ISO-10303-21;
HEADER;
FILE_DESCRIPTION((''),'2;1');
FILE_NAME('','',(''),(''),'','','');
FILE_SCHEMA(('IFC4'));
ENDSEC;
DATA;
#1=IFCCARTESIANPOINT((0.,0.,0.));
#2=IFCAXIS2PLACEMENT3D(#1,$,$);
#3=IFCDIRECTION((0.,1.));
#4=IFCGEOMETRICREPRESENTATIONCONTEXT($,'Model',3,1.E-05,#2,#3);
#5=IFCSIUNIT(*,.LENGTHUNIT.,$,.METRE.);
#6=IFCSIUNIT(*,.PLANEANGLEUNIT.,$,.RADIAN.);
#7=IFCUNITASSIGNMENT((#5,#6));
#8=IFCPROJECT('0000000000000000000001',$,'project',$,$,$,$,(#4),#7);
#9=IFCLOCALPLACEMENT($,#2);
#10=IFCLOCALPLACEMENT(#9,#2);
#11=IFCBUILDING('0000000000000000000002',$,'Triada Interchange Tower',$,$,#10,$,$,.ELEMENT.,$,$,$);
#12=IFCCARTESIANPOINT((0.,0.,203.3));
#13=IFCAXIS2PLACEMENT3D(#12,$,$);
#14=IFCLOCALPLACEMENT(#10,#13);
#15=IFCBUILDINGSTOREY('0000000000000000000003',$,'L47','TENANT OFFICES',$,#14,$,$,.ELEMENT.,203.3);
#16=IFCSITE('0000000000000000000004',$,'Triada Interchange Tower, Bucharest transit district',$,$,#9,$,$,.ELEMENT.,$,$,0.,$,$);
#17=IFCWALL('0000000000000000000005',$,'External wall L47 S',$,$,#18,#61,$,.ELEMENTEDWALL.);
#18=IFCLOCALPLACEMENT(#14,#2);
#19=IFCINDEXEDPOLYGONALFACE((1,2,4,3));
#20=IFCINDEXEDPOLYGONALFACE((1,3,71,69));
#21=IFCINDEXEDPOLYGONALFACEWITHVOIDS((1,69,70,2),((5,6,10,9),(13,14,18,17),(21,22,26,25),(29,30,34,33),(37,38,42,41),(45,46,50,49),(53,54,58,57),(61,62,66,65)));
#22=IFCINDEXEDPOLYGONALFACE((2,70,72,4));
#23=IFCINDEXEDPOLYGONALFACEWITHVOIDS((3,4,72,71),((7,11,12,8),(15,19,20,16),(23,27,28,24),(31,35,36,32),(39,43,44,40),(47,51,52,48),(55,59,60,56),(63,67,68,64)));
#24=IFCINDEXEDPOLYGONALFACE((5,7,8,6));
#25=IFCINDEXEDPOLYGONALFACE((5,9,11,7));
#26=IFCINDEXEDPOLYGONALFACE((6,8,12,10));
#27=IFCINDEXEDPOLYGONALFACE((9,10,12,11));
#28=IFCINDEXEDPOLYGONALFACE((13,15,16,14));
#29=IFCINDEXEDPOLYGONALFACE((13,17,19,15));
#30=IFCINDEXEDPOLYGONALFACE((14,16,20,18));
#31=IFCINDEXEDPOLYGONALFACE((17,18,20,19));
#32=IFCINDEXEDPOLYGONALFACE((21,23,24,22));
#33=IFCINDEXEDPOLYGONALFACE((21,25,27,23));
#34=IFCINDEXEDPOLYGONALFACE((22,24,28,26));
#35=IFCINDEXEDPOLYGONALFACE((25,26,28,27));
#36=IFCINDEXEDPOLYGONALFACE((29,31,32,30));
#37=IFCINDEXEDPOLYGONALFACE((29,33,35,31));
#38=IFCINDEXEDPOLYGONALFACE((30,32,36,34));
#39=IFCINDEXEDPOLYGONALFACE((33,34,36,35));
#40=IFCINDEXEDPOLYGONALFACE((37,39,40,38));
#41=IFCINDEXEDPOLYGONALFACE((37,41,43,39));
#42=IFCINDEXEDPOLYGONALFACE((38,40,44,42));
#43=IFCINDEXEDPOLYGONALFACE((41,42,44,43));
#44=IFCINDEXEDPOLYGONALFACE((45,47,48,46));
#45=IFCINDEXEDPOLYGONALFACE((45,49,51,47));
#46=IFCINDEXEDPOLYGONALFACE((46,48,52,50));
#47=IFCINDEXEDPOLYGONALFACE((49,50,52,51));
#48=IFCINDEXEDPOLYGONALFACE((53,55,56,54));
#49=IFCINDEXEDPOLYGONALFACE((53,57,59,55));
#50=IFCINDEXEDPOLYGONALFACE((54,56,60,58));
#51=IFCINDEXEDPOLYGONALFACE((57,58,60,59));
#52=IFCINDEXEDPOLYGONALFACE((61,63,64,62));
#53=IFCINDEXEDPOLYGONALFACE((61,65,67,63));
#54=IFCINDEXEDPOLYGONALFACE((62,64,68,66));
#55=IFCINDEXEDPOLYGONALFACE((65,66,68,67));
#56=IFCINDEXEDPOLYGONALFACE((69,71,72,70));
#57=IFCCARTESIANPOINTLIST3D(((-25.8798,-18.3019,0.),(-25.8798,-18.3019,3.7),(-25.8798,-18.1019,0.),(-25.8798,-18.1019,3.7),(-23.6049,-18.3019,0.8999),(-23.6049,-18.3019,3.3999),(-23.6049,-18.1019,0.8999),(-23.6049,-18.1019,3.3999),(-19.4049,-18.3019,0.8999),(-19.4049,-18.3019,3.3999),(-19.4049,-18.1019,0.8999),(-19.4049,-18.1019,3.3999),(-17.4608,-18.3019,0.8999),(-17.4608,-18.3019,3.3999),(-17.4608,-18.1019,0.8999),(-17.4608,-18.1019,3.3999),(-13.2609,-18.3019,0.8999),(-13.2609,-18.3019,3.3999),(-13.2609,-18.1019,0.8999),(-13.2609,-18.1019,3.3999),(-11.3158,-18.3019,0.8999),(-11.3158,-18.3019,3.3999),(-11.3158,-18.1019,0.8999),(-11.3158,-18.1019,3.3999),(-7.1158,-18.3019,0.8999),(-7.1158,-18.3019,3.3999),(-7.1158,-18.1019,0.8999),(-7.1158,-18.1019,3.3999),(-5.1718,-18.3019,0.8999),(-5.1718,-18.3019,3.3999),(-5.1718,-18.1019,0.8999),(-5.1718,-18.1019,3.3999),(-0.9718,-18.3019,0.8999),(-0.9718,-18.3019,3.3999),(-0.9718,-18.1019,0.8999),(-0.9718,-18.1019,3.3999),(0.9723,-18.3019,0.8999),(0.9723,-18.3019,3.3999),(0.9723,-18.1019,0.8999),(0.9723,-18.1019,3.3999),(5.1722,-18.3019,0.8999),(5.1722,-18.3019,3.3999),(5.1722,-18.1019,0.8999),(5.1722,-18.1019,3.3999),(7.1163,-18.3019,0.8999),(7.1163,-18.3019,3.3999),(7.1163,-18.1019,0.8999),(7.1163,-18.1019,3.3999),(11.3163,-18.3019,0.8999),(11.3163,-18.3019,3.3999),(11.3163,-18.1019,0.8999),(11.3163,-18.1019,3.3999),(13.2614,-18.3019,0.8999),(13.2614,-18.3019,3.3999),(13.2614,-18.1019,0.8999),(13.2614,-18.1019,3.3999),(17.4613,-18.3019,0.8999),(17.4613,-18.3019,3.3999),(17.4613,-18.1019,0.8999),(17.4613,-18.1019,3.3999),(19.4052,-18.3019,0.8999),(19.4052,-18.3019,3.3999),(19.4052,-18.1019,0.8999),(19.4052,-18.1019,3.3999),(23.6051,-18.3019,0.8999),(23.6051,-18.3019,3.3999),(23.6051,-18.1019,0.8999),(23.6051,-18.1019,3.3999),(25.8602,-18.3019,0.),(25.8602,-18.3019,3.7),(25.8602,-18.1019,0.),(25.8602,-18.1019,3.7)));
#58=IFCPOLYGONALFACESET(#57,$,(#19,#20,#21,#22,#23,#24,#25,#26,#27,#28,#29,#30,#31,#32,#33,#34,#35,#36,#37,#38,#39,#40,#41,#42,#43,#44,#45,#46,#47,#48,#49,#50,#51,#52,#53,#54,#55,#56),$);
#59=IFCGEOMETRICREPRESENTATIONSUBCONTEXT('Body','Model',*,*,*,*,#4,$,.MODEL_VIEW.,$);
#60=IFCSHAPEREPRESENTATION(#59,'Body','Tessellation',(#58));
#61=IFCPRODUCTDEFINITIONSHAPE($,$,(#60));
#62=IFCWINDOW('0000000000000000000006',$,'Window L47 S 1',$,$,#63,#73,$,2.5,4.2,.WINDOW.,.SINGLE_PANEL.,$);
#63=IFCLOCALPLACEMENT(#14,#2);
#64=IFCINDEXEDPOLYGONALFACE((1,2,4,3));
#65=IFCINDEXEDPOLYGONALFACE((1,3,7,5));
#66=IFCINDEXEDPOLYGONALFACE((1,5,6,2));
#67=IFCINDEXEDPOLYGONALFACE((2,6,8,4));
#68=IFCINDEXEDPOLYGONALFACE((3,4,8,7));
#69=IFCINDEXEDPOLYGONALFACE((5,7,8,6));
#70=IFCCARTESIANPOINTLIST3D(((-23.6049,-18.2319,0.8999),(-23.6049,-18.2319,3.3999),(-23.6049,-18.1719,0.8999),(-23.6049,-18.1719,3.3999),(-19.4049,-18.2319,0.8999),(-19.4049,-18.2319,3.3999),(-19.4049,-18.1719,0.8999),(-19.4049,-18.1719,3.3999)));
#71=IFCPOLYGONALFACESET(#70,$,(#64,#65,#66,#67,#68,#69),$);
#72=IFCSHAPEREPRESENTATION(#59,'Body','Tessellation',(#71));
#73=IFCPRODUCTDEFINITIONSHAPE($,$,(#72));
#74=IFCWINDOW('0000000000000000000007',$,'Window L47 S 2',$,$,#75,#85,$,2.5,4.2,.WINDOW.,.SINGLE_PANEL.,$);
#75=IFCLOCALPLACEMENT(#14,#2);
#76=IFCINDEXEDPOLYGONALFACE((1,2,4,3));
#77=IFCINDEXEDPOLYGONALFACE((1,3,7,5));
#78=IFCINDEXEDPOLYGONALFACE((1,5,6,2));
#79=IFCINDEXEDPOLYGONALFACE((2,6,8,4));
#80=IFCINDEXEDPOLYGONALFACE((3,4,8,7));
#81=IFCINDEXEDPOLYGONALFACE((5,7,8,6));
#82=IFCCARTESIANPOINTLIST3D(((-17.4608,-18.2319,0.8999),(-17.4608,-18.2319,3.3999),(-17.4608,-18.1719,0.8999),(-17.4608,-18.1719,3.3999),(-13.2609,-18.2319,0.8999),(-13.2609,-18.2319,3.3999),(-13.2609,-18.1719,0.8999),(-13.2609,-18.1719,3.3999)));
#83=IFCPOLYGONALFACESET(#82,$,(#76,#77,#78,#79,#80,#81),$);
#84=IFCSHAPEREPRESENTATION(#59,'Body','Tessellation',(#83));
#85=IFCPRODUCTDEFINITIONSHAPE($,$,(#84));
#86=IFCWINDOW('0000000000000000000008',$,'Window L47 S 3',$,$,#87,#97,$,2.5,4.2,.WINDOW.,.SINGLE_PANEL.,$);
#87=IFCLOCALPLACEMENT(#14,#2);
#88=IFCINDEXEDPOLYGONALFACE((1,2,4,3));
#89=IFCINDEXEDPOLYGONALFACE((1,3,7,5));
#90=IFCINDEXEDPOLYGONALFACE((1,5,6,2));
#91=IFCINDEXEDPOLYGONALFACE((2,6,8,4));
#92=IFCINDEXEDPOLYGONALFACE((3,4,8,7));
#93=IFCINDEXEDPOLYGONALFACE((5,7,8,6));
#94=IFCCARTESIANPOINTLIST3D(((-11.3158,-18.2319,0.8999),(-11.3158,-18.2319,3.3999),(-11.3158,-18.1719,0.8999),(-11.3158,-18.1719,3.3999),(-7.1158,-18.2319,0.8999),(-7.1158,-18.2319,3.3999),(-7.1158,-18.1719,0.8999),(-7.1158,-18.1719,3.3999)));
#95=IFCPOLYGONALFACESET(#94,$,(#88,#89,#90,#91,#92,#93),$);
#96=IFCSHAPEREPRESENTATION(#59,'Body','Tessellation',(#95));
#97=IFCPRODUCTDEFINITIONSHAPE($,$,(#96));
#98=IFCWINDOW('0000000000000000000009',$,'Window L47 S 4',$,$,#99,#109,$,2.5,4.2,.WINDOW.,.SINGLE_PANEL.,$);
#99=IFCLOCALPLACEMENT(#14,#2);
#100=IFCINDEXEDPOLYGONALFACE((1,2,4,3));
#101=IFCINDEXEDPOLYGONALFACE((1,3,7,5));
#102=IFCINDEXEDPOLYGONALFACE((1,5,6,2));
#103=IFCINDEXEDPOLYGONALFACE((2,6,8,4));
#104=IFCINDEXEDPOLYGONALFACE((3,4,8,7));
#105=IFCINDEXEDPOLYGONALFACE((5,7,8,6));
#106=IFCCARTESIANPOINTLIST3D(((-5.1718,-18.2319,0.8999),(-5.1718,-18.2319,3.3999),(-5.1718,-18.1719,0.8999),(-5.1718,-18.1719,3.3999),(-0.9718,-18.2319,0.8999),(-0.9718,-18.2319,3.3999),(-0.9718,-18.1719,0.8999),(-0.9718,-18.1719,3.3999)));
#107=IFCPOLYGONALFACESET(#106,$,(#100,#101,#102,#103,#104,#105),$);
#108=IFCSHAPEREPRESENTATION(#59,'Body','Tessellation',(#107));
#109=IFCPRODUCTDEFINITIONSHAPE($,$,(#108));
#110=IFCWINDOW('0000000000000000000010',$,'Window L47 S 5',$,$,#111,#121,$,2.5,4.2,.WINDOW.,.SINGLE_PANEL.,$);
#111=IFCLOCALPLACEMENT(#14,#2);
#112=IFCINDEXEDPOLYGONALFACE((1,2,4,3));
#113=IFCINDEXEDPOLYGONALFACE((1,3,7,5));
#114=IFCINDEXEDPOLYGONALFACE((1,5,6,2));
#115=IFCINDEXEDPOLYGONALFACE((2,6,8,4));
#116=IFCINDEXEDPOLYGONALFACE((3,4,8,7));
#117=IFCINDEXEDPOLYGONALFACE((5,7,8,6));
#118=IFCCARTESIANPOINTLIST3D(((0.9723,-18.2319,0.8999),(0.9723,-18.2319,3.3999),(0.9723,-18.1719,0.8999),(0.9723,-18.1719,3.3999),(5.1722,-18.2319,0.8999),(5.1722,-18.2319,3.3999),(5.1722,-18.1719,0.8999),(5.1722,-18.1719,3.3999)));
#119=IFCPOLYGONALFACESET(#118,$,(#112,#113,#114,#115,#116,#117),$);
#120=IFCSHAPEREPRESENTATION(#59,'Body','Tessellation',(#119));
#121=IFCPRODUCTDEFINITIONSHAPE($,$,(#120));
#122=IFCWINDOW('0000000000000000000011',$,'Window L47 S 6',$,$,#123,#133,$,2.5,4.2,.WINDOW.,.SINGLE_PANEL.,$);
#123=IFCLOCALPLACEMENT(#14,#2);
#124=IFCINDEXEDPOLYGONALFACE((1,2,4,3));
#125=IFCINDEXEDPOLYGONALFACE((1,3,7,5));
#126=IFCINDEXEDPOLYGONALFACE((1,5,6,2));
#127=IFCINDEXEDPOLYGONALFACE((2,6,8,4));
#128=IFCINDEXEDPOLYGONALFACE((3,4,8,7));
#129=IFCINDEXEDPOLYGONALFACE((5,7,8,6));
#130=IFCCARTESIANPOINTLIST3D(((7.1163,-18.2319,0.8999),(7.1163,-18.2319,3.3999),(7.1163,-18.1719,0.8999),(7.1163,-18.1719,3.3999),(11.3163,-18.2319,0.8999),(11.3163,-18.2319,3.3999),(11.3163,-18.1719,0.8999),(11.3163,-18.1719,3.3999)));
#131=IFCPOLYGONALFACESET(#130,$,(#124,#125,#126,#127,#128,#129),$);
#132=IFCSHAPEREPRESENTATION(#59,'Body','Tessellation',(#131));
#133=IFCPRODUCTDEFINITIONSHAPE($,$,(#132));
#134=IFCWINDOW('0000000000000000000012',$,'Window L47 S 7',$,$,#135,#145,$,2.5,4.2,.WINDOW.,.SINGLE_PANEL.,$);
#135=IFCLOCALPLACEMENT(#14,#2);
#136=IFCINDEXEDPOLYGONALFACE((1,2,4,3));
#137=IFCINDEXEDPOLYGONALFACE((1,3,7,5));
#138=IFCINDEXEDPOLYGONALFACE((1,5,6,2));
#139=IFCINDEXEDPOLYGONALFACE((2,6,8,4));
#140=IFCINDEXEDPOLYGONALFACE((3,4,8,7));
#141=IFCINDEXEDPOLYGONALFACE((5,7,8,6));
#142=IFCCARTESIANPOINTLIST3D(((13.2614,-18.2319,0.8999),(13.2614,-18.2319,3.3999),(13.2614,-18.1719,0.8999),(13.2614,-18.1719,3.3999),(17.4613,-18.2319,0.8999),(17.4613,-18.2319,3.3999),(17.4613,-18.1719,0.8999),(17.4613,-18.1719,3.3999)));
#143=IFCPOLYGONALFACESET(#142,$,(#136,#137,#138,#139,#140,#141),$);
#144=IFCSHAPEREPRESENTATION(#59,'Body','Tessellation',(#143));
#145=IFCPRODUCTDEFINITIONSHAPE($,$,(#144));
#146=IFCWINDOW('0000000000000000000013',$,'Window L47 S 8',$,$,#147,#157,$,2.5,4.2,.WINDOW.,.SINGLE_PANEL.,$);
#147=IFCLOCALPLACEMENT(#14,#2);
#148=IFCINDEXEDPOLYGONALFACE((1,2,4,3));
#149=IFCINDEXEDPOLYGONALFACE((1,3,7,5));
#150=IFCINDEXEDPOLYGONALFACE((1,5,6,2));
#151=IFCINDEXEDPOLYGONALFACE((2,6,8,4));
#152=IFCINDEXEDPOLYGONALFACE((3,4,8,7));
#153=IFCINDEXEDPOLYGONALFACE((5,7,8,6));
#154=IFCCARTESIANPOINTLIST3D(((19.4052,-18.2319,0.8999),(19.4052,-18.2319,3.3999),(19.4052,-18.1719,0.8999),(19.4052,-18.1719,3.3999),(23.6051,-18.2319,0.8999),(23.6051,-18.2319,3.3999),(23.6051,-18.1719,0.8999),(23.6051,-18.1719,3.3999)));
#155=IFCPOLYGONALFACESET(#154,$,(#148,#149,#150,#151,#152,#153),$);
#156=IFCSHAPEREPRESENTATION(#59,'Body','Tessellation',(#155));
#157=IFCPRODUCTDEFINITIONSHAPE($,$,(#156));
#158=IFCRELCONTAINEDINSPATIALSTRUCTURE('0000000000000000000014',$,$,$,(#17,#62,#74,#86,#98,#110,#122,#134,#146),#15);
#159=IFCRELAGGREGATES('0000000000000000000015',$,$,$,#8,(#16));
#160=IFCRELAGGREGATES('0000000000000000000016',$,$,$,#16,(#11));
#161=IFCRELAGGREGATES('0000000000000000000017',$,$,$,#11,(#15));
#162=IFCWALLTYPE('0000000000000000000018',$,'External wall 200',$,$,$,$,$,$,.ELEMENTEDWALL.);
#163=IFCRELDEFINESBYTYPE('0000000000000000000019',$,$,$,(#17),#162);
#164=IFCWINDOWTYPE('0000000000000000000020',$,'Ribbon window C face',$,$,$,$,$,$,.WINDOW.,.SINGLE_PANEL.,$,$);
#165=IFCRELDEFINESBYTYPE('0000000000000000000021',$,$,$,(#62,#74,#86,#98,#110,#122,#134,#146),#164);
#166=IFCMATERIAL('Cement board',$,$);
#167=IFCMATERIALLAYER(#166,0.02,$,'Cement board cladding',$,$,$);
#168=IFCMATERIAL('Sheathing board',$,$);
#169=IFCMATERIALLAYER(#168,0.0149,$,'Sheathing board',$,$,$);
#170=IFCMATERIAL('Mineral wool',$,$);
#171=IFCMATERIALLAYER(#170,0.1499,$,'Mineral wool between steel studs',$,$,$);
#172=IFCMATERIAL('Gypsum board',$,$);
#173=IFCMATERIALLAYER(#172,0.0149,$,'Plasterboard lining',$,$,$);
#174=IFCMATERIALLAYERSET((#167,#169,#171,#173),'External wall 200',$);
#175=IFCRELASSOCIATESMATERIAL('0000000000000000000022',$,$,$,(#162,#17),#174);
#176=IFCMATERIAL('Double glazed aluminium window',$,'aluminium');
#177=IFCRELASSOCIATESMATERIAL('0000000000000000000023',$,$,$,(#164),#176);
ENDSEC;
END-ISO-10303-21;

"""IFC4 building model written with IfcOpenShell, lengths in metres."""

from ifc_helpers import new_model, si_unit, direction, frame, frame_2d, origin, place, context, subcontext, project, spatial, rectangle, extrude, material, layer, layer_set, layer_usage, type_object, element, fill, save


model = new_model("IFC4")

# Units and contexts
model_context = context("Model", 3, precision=1e-05, world=origin(), true_north=direction((0.0, 1.0)))
body_context = subcontext(model_context, "Body", "Model", "MODEL_VIEW")
ifc_project = project(units=[si_unit("LENGTHUNIT", "METRE"), si_unit("PLANEANGLEUNIT", "RADIAN")], contexts=[model_context])

# Site, building, storey
site_placement = place(None, origin())
site = spatial("IfcSite", under=ifc_project, at=site_placement, Name="Triada Interchange Tower, Bucharest transit district", CompositionType="ELEMENT", RefElevation=0.0)
building_placement = place(site_placement, origin())
building = spatial("IfcBuilding", under=site, at=building_placement, Name="Triada Interchange Tower", CompositionType="ELEMENT")
storey_placement = place(building_placement, frame((0.0, 0.0, 203.3)))
storey = spatial("IfcBuildingStorey", under=building, at=storey_placement, Name="L47", Description="TENANT OFFICES", CompositionType="ELEMENT", Elevation=203.3)

# Shared definitions
ifc_material_1 = material(Name="Cement board")
ifc_layer_1 = layer(ifc_material_1, 0.02, Name="Cement board cladding")
ifc_material_2 = material(Name="Sheathing board")
ifc_layer_2 = layer(ifc_material_2, 0.0149, Name="Sheathing board")
ifc_material_3 = material(Name="Mineral wool")
ifc_layer_3 = layer(ifc_material_3, 0.1499, Name="Mineral wool between steel studs")
ifc_material_4 = material(Name="Gypsum board")
ifc_layer_4 = layer(ifc_material_4, 0.0149, Name="Plasterboard lining")
ifc_layer_set_1 = layer_set([ifc_layer_1, ifc_layer_2, ifc_layer_3, ifc_layer_4], Name="External wall 200")
ifc_layer_usage = layer_usage(ifc_layer_set_1, "AXIS2", "POSITIVE", -0.1001)
wall_type_1 = type_object("IfcWallType", Name="External wall 200", PredefinedType="ELEMENTEDWALL", material=ifc_layer_set_1)
ifc_material_5 = material(Name="Double glazed aluminium window", Category="aluminium")

# Wall, openings, windows
wall_1_placement = place(storey_placement, frame((-25.8799, -18.2019, 0.0), z_axis=(0.0, 0.0, 1.0), x_axis=(1.0, 0.0, 0.0)))
wall_1 = element("IfcWall", 1, at=wall_1_placement, inside=storey, type_object=wall_type_1, material=ifc_layer_usage, Name="External wall L47 S", PredefinedType="ELEMENTEDWALL", context=body_context, shape_type="SweptSolid", body=[
    extrude(rectangle(XDim=51.74, YDim=0.2, at=frame_2d((25.8701, 0.0))), origin(), (0.0, 0.0, 1.0), 3.7),
])
opening_1_placement = place(wall_1_placement, frame((2.2749, 0.0, 0.8999)))
opening_1 = element("IfcOpeningElement", 2, at=opening_1_placement, cuts=wall_1, PredefinedType="OPENING", context=body_context, shape_type="SweptSolid", body=[
    extrude(rectangle(XDim=4.2, YDim=2.5, at=frame_2d((2.1001, 1.25))), frame((0.0, 0.1099, 0.0), z_axis=(0.0, -1.0, 0.0), x_axis=(1.0, 0.0, 0.0)), (0.0, 0.0, 1.0), 0.22),
])
opening_2_placement = place(wall_1_placement, frame((8.4189, 0.0, 0.8999)))
opening_2 = element("IfcOpeningElement", 3, at=opening_2_placement, cuts=wall_1, PredefinedType="OPENING", context=body_context, shape_type="SweptSolid", body=[
    extrude(rectangle(XDim=4.2, YDim=2.5, at=frame_2d((2.1001, 1.25))), frame((0.0, 0.1099, 0.0), z_axis=(0.0, -1.0, 0.0), x_axis=(1.0, 0.0, 0.0)), (0.0, 0.0, 1.0), 0.22),
])
opening_3_placement = place(wall_1_placement, frame((14.564, 0.0, 0.8999)))
opening_3 = element("IfcOpeningElement", 4, at=opening_3_placement, cuts=wall_1, PredefinedType="OPENING", context=body_context, shape_type="SweptSolid", body=[
    extrude(rectangle(XDim=4.2, YDim=2.5, at=frame_2d((2.1001, 1.25))), frame((0.0, 0.1099, 0.0), z_axis=(0.0, -1.0, 0.0), x_axis=(1.0, 0.0, 0.0)), (0.0, 0.0, 1.0), 0.22),
])
opening_4_placement = place(wall_1_placement, frame((20.708, 0.0, 0.8999)))
opening_4 = element("IfcOpeningElement", 5, at=opening_4_placement, cuts=wall_1, PredefinedType="OPENING", context=body_context, shape_type="SweptSolid", body=[
    extrude(rectangle(XDim=4.2, YDim=2.5, at=frame_2d((2.1001, 1.25))), frame((0.0, 0.1099, 0.0), z_axis=(0.0, -1.0, 0.0), x_axis=(1.0, 0.0, 0.0)), (0.0, 0.0, 1.0), 0.22),
])
opening_5_placement = place(wall_1_placement, frame((26.8521, 0.0, 0.8999)))
opening_5 = element("IfcOpeningElement", 6, at=opening_5_placement, cuts=wall_1, PredefinedType="OPENING", context=body_context, shape_type="SweptSolid", body=[
    extrude(rectangle(XDim=4.2, YDim=2.5, at=frame_2d((2.1001, 1.25))), frame((0.0, 0.1099, 0.0), z_axis=(0.0, -1.0, 0.0), x_axis=(1.0, 0.0, 0.0)), (0.0, 0.0, 1.0), 0.22),
])
opening_6_placement = place(wall_1_placement, frame((32.9961, 0.0, 0.8999)))
opening_6 = element("IfcOpeningElement", 7, at=opening_6_placement, cuts=wall_1, PredefinedType="OPENING", context=body_context, shape_type="SweptSolid", body=[
    extrude(rectangle(XDim=4.2, YDim=2.5, at=frame_2d((2.1001, 1.25))), frame((0.0, 0.1099, 0.0), z_axis=(0.0, -1.0, 0.0), x_axis=(1.0, 0.0, 0.0)), (0.0, 0.0, 1.0), 0.22),
])
opening_7_placement = place(wall_1_placement, frame((39.1411, 0.0, 0.8999)))
opening_7 = element("IfcOpeningElement", 8, at=opening_7_placement, cuts=wall_1, PredefinedType="OPENING", context=body_context, shape_type="SweptSolid", body=[
    extrude(rectangle(XDim=4.2, YDim=2.5, at=frame_2d((2.1001, 1.25))), frame((0.0, 0.1099, 0.0), z_axis=(0.0, -1.0, 0.0), x_axis=(1.0, 0.0, 0.0)), (0.0, 0.0, 1.0), 0.22),
])
opening_8_placement = place(wall_1_placement, frame((45.2849, 0.0, 0.8999)))
opening_8 = element("IfcOpeningElement", 9, at=opening_8_placement, cuts=wall_1, PredefinedType="OPENING", context=body_context, shape_type="SweptSolid", body=[
    extrude(rectangle(XDim=4.2, YDim=2.5, at=frame_2d((2.1001, 1.25))), frame((0.0, 0.1099, 0.0), z_axis=(0.0, -1.0, 0.0), x_axis=(1.0, 0.0, 0.0)), (0.0, 0.0, 1.0), 0.22),
])
window_type_1 = type_object("IfcWindowType", Name="Ribbon window C face", PartitioningType="SINGLE_PANEL", PredefinedType="WINDOW", material=ifc_material_5)
window_1_placement = place(opening_1_placement, origin())
window_1 = element("IfcWindow", 10, at=window_1_placement, inside=storey, type_object=window_type_1, Name="Window L47 S 1", OverallHeight=2.5, OverallWidth=4.2, PartitioningType="SINGLE_PANEL", PredefinedType="WINDOW", context=body_context, shape_type="SweptSolid", body=[
    extrude(rectangle(XDim=4.2, YDim=2.5, at=frame_2d((2.1001, 1.25))), frame((0.0, 0.03, 0.0), z_axis=(0.0, -1.0, 0.0), x_axis=(1.0, 0.0, 0.0)), (0.0, 0.0, 1.0), 0.0601),
])
fill(opening_1, window_1)
window_2_placement = place(opening_2_placement, origin())
window_2 = element("IfcWindow", 11, at=window_2_placement, inside=storey, type_object=window_type_1, Name="Window L47 S 2", OverallHeight=2.5, OverallWidth=4.2, PartitioningType="SINGLE_PANEL", PredefinedType="WINDOW", context=body_context, shape_type="SweptSolid", body=[
    extrude(rectangle(XDim=4.2, YDim=2.5, at=frame_2d((2.1001, 1.25))), frame((0.0, 0.03, 0.0), z_axis=(0.0, -1.0, 0.0), x_axis=(1.0, 0.0, 0.0)), (0.0, 0.0, 1.0), 0.0601),
])
fill(opening_2, window_2)
window_3_placement = place(opening_3_placement, origin())
window_3 = element("IfcWindow", 12, at=window_3_placement, inside=storey, type_object=window_type_1, Name="Window L47 S 3", OverallHeight=2.5, OverallWidth=4.2, PartitioningType="SINGLE_PANEL", PredefinedType="WINDOW", context=body_context, shape_type="SweptSolid", body=[
    extrude(rectangle(XDim=4.2, YDim=2.5, at=frame_2d((2.1001, 1.25))), frame((0.0, 0.03, 0.0), z_axis=(0.0, -1.0, 0.0), x_axis=(1.0, 0.0, 0.0)), (0.0, 0.0, 1.0), 0.0601),
])
fill(opening_3, window_3)
window_4_placement = place(opening_4_placement, origin())
window_4 = element("IfcWindow", 13, at=window_4_placement, inside=storey, type_object=window_type_1, Name="Window L47 S 4", OverallHeight=2.5, OverallWidth=4.2, PartitioningType="SINGLE_PANEL", PredefinedType="WINDOW", context=body_context, shape_type="SweptSolid", body=[
    extrude(rectangle(XDim=4.2, YDim=2.5, at=frame_2d((2.1001, 1.25))), frame((0.0, 0.03, 0.0), z_axis=(0.0, -1.0, 0.0), x_axis=(1.0, 0.0, 0.0)), (0.0, 0.0, 1.0), 0.0601),
])
fill(opening_4, window_4)
window_5_placement = place(opening_5_placement, origin())
window_5 = element("IfcWindow", 14, at=window_5_placement, inside=storey, type_object=window_type_1, Name="Window L47 S 5", OverallHeight=2.5, OverallWidth=4.2, PartitioningType="SINGLE_PANEL", PredefinedType="WINDOW", context=body_context, shape_type="SweptSolid", body=[
    extrude(rectangle(XDim=4.2, YDim=2.5, at=frame_2d((2.1001, 1.25))), frame((0.0, 0.03, 0.0), z_axis=(0.0, -1.0, 0.0), x_axis=(1.0, 0.0, 0.0)), (0.0, 0.0, 1.0), 0.0601),
])
fill(opening_5, window_5)
window_6_placement = place(opening_6_placement, origin())
window_6 = element("IfcWindow", 15, at=window_6_placement, inside=storey, type_object=window_type_1, Name="Window L47 S 6", OverallHeight=2.5, OverallWidth=4.2, PartitioningType="SINGLE_PANEL", PredefinedType="WINDOW", context=body_context, shape_type="SweptSolid", body=[
    extrude(rectangle(XDim=4.2, YDim=2.5, at=frame_2d((2.1001, 1.25))), frame((0.0, 0.03, 0.0), z_axis=(0.0, -1.0, 0.0), x_axis=(1.0, 0.0, 0.0)), (0.0, 0.0, 1.0), 0.0601),
])
fill(opening_6, window_6)
window_7_placement = place(opening_7_placement, origin())
window_7 = element("IfcWindow", 16, at=window_7_placement, inside=storey, type_object=window_type_1, Name="Window L47 S 7", OverallHeight=2.5, OverallWidth=4.2, PartitioningType="SINGLE_PANEL", PredefinedType="WINDOW", context=body_context, shape_type="SweptSolid", body=[
    extrude(rectangle(XDim=4.2, YDim=2.5, at=frame_2d((2.1001, 1.25))), frame((0.0, 0.03, 0.0), z_axis=(0.0, -1.0, 0.0), x_axis=(1.0, 0.0, 0.0)), (0.0, 0.0, 1.0), 0.0601),
])
fill(opening_7, window_7)
window_8_placement = place(opening_8_placement, origin())
window_8 = element("IfcWindow", 17, at=window_8_placement, inside=storey, type_object=window_type_1, Name="Window L47 S 8", OverallHeight=2.5, OverallWidth=4.2, PartitioningType="SINGLE_PANEL", PredefinedType="WINDOW", context=body_context, shape_type="SweptSolid", body=[
    extrude(rectangle(XDim=4.2, YDim=2.5, at=frame_2d((2.1001, 1.25))), frame((0.0, 0.03, 0.0), z_axis=(0.0, -1.0, 0.0), x_axis=(1.0, 0.0, 0.0)), (0.0, 0.0, 1.0), 0.0601),
])
fill(opening_8, window_8)

save(model, "model.ifc")
